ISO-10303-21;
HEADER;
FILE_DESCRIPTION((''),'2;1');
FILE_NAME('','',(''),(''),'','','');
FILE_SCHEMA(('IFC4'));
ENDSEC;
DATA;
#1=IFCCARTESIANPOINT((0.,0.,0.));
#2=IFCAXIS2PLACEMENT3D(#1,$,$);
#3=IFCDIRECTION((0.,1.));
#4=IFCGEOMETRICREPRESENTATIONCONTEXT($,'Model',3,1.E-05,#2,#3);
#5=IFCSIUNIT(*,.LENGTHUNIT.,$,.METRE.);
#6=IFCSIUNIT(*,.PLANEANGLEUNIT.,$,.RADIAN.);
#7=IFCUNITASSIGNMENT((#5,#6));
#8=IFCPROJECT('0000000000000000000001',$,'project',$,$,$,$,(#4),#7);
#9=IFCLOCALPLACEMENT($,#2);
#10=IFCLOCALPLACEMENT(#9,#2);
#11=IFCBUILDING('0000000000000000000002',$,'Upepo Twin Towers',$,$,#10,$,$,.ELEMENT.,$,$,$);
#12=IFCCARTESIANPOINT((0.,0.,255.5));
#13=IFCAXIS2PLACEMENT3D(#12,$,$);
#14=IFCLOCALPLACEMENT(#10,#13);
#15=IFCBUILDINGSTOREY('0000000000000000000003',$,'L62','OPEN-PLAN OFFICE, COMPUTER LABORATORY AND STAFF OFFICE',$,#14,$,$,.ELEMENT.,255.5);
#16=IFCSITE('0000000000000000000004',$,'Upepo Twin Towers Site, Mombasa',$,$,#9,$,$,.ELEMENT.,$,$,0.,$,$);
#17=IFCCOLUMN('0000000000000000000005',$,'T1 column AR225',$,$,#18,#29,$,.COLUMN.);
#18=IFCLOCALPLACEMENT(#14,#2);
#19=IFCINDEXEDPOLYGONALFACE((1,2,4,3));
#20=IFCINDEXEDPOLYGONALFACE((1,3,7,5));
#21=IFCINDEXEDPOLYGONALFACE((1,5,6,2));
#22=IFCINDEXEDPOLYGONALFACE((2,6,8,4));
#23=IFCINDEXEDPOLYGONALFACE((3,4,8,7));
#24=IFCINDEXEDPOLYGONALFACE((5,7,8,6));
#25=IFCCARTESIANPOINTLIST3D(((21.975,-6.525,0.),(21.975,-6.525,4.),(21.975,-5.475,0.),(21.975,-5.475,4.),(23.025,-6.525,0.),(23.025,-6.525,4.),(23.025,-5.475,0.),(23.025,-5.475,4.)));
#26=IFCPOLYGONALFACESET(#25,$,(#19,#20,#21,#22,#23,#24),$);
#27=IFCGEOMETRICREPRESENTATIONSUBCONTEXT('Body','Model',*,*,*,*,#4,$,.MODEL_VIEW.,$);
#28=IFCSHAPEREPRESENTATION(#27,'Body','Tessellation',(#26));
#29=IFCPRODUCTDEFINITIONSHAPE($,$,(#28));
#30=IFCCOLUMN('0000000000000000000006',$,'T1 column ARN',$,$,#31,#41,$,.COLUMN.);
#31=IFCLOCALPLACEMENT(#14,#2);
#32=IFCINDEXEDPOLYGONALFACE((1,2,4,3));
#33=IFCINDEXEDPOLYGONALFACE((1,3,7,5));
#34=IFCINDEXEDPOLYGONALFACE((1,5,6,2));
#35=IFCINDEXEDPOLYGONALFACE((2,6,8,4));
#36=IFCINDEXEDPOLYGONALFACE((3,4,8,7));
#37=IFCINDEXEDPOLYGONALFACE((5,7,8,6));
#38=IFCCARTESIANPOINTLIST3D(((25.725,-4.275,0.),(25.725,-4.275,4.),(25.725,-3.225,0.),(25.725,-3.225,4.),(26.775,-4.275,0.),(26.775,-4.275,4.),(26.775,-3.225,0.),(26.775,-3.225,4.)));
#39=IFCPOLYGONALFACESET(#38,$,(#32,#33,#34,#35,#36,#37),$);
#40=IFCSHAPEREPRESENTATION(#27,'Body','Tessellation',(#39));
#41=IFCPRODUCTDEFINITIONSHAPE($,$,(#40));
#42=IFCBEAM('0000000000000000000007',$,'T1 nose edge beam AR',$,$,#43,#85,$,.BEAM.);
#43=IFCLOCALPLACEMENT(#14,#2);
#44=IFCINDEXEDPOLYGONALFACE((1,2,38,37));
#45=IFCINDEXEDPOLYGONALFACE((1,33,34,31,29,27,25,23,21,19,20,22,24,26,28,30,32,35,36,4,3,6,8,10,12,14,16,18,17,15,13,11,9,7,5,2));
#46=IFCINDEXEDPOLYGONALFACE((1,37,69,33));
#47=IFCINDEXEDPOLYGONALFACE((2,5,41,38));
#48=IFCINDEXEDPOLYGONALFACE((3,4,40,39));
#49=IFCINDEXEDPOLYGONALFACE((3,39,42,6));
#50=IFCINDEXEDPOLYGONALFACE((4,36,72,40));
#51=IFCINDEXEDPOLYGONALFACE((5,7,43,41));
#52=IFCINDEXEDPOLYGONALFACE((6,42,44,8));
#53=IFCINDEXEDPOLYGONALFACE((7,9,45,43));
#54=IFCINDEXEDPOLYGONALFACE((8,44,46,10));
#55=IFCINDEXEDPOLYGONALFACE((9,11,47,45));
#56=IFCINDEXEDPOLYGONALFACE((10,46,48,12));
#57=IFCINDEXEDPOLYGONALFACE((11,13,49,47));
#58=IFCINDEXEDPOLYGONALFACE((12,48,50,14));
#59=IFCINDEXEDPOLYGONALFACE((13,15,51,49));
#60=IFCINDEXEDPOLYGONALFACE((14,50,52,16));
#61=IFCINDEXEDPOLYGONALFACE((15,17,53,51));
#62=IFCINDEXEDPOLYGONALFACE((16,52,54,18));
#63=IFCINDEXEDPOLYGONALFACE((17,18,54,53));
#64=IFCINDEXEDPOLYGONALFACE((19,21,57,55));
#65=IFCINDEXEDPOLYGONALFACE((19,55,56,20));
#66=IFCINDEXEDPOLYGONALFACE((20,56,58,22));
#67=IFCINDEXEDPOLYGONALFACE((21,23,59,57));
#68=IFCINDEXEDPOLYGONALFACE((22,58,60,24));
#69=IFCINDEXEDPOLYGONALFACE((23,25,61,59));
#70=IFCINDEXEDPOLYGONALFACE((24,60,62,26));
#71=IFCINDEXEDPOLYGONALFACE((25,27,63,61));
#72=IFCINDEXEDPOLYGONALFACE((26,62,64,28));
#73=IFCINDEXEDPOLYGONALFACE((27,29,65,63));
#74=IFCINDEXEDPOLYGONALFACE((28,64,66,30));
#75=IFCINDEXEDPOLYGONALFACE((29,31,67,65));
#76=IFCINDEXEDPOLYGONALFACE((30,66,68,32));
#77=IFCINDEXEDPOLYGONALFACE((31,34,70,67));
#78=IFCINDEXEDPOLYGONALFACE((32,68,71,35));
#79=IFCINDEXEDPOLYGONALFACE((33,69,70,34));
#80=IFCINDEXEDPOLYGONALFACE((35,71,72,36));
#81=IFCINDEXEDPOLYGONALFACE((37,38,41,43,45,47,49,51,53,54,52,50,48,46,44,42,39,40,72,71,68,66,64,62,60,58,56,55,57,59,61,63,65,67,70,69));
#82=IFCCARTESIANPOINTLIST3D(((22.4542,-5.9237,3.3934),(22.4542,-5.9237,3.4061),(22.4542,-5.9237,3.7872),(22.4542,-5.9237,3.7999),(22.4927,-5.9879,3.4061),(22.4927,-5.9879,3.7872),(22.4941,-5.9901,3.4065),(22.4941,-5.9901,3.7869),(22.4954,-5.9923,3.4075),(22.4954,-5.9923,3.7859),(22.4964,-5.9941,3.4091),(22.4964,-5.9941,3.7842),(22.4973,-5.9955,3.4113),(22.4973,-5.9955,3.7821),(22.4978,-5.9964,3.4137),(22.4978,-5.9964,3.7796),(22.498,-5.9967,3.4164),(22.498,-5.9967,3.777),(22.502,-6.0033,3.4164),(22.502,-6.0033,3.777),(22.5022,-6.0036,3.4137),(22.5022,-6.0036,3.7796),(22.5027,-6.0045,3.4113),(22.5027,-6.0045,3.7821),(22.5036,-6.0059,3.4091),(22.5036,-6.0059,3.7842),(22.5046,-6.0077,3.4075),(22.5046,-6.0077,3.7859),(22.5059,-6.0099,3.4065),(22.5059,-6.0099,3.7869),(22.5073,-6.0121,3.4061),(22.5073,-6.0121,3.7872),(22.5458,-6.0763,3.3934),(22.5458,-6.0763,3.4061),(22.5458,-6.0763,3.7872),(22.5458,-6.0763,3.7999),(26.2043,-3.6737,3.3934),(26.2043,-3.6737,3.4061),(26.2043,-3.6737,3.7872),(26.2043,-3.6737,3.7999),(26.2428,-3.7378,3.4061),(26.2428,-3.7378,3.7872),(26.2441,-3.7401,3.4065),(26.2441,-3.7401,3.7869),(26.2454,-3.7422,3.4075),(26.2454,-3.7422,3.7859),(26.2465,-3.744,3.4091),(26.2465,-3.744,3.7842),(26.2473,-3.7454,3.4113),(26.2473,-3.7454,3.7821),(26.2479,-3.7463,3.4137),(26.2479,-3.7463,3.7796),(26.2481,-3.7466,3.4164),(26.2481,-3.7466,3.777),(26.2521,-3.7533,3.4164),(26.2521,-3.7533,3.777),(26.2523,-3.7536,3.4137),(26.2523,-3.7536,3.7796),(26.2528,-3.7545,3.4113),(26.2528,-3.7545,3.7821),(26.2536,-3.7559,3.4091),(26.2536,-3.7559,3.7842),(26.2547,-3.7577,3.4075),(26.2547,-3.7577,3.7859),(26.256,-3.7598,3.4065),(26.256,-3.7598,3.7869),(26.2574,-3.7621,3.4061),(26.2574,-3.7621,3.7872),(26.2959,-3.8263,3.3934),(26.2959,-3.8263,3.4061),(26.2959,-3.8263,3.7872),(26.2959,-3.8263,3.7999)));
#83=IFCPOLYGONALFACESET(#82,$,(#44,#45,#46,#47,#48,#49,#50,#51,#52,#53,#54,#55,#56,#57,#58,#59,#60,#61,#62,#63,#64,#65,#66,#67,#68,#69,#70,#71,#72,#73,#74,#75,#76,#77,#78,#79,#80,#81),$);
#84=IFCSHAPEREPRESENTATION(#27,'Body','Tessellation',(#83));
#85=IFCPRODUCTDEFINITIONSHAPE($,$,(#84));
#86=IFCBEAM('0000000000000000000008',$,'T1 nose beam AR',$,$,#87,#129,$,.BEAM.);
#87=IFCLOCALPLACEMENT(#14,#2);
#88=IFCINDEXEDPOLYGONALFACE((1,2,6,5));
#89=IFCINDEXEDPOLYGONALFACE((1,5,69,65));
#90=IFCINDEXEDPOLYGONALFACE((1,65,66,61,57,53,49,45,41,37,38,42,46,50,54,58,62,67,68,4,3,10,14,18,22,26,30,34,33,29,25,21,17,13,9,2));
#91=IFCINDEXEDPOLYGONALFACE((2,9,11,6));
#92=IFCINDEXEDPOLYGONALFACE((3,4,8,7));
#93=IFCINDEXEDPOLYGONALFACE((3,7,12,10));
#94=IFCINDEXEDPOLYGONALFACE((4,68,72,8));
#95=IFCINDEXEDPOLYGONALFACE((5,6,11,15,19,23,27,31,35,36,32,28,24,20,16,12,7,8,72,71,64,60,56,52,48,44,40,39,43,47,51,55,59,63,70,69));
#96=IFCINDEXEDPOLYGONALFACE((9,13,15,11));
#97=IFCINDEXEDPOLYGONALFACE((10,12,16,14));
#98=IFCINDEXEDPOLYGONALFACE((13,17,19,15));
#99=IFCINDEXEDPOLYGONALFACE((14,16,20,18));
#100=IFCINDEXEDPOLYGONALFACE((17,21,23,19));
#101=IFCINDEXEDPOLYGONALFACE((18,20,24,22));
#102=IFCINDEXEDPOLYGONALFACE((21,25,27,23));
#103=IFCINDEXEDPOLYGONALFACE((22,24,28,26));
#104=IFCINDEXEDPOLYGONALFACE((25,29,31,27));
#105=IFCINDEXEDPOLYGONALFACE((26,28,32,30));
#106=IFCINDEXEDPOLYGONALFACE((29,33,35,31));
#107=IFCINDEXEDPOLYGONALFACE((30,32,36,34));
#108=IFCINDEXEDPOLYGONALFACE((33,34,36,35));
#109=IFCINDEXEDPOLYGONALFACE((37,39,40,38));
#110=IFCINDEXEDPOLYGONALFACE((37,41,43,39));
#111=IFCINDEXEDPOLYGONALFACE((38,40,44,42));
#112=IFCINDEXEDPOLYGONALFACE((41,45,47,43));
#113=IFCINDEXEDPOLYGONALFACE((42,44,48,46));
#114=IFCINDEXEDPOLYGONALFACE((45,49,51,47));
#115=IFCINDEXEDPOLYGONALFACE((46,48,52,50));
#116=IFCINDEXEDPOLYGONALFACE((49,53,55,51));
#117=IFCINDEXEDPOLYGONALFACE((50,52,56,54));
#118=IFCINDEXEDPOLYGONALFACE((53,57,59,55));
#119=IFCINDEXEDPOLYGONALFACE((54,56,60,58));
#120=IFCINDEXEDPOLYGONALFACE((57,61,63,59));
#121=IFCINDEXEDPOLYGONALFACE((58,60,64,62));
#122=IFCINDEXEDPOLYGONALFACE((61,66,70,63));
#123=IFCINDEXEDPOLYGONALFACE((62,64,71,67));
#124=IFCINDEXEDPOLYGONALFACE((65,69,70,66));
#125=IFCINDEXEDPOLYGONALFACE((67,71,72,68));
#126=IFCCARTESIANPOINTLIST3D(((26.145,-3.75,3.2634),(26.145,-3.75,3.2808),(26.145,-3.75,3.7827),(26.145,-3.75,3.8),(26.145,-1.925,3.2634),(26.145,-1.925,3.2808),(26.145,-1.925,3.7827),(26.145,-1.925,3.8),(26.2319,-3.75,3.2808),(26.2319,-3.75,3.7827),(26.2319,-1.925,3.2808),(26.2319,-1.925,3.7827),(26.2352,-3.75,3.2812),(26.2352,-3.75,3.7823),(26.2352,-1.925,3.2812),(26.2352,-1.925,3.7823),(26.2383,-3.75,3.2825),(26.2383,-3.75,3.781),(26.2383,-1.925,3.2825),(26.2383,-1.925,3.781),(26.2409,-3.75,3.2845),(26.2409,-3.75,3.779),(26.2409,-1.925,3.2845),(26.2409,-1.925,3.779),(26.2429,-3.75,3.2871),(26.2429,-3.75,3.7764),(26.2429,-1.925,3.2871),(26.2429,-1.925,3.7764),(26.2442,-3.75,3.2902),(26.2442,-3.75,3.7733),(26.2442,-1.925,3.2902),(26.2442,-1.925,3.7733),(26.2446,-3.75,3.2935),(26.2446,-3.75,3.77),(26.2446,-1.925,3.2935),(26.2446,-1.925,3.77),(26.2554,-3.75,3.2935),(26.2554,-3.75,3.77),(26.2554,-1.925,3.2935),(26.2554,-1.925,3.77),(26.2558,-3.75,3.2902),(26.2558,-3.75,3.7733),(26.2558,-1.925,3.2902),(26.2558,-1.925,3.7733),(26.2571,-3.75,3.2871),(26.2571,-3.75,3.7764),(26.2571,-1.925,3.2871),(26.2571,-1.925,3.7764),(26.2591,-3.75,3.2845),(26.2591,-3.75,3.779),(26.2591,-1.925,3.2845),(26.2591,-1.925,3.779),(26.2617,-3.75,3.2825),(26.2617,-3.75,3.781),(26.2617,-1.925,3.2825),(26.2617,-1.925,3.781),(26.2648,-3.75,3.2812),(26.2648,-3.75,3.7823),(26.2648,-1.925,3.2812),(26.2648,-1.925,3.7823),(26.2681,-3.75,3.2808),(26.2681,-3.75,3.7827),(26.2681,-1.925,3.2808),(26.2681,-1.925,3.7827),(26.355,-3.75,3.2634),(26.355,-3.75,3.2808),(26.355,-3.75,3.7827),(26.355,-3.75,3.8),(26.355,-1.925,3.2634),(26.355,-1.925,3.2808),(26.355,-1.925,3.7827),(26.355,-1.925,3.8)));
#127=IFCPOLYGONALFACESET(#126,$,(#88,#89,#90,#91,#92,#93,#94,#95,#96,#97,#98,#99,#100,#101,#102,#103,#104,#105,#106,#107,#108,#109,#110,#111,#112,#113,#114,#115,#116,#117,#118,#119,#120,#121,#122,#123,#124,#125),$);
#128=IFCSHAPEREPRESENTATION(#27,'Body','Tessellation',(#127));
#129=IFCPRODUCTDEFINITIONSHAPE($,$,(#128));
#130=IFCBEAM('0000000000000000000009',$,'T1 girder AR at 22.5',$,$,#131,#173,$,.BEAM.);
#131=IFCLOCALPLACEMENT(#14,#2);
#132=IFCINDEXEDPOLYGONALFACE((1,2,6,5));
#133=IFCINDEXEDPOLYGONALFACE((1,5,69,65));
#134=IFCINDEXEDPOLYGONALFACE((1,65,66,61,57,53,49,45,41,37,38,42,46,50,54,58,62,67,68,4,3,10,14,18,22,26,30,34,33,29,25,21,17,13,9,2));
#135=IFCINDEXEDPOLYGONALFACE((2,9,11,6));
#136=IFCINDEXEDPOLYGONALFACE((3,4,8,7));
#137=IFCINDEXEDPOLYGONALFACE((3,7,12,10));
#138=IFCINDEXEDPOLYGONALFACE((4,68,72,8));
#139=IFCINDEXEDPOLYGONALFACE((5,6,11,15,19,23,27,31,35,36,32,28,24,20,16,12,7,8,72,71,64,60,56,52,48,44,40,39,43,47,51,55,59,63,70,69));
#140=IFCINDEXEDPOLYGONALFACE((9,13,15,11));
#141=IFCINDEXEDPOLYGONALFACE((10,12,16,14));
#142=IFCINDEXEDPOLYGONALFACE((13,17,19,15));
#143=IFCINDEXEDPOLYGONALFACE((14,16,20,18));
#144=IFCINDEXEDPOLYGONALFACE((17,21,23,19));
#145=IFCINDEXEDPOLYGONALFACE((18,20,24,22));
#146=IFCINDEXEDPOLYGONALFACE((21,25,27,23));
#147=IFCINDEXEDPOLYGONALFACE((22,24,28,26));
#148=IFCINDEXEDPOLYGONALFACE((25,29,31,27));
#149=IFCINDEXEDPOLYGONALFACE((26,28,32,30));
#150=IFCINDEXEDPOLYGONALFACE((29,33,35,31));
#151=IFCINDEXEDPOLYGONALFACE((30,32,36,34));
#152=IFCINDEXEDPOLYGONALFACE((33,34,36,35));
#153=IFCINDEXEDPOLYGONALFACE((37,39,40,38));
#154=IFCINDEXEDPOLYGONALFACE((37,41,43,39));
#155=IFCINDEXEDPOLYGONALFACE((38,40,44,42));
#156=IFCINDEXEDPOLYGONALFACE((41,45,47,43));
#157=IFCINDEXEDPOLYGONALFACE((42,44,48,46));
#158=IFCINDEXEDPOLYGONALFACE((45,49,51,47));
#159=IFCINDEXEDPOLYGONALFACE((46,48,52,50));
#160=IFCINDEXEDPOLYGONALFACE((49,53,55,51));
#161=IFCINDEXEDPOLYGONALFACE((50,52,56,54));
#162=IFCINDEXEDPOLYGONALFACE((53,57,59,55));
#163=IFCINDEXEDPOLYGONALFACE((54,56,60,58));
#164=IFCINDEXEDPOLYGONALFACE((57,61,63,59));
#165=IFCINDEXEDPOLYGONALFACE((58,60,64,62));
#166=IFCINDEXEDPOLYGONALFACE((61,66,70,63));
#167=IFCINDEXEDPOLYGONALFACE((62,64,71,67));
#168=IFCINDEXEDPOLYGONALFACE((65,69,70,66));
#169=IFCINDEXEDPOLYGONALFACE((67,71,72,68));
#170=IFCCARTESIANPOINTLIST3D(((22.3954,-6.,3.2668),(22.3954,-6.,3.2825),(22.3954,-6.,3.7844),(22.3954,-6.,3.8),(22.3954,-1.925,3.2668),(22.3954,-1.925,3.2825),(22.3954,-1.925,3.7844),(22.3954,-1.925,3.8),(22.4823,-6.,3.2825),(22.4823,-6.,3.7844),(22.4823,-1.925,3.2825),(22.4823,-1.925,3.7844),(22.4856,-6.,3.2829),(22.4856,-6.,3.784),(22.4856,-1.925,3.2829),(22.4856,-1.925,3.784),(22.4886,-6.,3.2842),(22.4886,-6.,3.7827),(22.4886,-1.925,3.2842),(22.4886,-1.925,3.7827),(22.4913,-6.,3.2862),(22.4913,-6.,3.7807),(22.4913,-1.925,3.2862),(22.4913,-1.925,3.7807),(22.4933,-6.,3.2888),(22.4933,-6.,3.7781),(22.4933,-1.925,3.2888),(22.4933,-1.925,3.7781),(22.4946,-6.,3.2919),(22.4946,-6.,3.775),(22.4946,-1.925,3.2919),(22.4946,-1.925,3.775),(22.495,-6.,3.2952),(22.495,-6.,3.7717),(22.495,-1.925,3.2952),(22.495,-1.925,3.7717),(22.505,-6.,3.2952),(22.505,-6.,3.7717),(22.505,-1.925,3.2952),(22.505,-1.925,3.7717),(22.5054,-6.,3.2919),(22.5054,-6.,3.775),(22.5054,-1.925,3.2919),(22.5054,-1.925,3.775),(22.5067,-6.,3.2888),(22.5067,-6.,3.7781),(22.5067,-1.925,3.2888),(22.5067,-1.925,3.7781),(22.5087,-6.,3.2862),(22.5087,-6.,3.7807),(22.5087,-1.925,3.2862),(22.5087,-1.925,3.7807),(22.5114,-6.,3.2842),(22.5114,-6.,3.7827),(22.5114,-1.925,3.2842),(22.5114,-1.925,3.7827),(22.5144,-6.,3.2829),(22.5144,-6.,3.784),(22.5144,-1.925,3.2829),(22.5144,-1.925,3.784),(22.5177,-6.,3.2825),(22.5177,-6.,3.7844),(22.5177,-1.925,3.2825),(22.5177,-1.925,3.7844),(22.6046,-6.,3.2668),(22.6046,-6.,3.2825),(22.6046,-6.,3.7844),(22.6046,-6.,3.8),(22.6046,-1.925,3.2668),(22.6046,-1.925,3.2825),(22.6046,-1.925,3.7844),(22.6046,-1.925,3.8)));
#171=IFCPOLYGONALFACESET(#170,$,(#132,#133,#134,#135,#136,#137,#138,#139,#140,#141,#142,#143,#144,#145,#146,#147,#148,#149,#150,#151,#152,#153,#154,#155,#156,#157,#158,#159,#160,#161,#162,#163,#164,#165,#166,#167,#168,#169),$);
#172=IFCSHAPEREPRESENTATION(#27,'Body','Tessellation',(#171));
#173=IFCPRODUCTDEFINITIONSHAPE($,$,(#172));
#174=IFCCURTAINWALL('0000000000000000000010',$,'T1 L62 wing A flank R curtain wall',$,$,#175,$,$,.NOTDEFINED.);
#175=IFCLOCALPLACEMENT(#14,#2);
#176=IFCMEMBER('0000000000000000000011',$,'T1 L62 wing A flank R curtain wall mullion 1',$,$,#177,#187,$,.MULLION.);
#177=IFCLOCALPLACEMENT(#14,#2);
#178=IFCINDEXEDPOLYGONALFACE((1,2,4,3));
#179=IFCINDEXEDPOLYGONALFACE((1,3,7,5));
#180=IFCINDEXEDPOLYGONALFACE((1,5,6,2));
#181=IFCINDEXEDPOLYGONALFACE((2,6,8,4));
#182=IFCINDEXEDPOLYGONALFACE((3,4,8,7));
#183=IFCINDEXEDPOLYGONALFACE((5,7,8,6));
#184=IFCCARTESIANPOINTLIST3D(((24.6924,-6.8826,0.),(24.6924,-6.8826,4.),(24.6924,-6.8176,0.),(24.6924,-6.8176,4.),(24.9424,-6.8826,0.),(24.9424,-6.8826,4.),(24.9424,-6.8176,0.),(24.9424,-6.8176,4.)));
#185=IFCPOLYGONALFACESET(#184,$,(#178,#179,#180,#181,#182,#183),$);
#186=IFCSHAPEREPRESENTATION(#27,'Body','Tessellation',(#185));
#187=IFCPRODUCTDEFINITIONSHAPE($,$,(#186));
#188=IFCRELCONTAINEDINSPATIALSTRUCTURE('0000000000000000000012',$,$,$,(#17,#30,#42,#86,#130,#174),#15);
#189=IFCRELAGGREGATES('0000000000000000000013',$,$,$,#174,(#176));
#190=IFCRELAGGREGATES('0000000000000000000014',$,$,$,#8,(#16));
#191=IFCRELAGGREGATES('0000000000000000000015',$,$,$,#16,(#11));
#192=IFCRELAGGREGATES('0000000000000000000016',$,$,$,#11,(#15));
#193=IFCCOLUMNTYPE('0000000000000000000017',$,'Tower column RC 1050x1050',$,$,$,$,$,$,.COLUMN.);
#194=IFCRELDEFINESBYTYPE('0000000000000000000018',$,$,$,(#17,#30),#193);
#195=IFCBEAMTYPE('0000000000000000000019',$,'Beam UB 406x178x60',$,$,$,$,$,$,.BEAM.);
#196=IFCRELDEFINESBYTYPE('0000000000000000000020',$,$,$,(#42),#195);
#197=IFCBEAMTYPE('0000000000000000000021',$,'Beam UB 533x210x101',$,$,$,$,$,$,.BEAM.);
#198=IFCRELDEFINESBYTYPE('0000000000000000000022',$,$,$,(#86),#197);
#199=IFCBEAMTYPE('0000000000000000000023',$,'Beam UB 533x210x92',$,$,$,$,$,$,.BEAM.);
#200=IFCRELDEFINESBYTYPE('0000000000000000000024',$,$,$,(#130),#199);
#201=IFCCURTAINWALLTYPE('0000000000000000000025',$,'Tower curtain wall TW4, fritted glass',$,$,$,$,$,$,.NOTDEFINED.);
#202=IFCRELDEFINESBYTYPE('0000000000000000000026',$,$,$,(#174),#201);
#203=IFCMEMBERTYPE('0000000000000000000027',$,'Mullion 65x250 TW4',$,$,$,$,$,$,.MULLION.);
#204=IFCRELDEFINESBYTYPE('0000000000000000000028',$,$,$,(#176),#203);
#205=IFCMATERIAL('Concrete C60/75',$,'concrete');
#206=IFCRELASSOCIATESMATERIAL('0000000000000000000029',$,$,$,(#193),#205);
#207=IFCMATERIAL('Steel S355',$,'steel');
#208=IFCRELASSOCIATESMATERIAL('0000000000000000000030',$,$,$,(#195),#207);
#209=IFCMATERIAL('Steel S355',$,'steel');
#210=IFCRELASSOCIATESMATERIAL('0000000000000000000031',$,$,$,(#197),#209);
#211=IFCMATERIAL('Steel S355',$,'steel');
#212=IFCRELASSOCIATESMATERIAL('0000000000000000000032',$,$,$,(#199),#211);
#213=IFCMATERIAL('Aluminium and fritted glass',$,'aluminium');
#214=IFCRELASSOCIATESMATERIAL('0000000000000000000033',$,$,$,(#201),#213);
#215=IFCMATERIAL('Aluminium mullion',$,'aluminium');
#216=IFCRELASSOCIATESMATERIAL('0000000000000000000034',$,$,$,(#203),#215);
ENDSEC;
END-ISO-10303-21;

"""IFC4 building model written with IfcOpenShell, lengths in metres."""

from ifc_helpers import new_model, si_unit, direction, frame, origin, origin_2d, place, context, subcontext, project, spatial, rectangle, i_section, extrude, material, material_profile, profile_set, type_object, element, aggregate, save


model = new_model("IFC4")

# Units and contexts
model_context = context("Model", 3, precision=1e-05, world=origin(), true_north=direction((0.0, 1.0)))
body_context = subcontext(model_context, "Body", "Model", "MODEL_VIEW")
ifc_project = project(units=[si_unit("LENGTHUNIT", "METRE"), si_unit("PLANEANGLEUNIT", "RADIAN")], contexts=[model_context])

# Site, building, storey
site_placement = place(None, origin())
site = spatial("IfcSite", under=ifc_project, at=site_placement, Name="Upepo Twin Towers Site, Mombasa", CompositionType="ELEMENT", RefElevation=0.0)
building_placement = place(site_placement, origin())
building = spatial("IfcBuilding", under=site, at=building_placement, Name="Upepo Twin Towers", CompositionType="ELEMENT")
storey_placement = place(building_placement, frame((0.0, 0.0, 255.5)))
storey = spatial("IfcBuildingStorey", under=building, at=storey_placement, Name="L62", Description="OPEN-PLAN OFFICE, COMPUTER LABORATORY AND STAFF OFFICE", CompositionType="ELEMENT", Elevation=255.5)

# Columns
ifc_material_1 = material(Name="Concrete C60/75", Category="concrete")
ifc_material_profile_1 = material_profile(ifc_material_1, rectangle(XDim=1.05, YDim=1.05, at=origin_2d()), Name="RC 1050x1050")
ifc_profile_set_1 = profile_set([ifc_material_profile_1], Name="Concrete C60/75")
column_type = type_object("IfcColumnType", Name="Tower column RC 1050x1050", PredefinedType="COLUMN", material=ifc_profile_set_1)
for number, where, z_axis, x_axis, name in (
    (1, (22.5, -6.0, 0.0), (0.0, 0.0, 1.0), (1.0, 0.0, 0.0), "T1 column AR225"),
    (2, (26.25, -3.75, 0.0), (0.0, 0.0, 1.0), (1.0, 0.0, 0.0), "T1 column ARN"),
):
    element("IfcColumn", number, at=place(storey_placement, frame(where, z_axis=z_axis, x_axis=x_axis)), inside=storey, type_object=column_type, Name=name, PredefinedType="COLUMN", context=body_context, shape_type="SweptSolid", body=[
        extrude(rectangle(XDim=1.05, YDim=1.05, at=origin_2d()), origin(), (0.0, 0.0, 1.0), 4.0),
    ])

# Beams
ifc_material_2 = material(Name="Steel S355", Category="steel")
ifc_material_profile_2 = material_profile(ifc_material_2, i_section(OverallWidth=0.178, OverallDepth=0.4065, WebThickness=0.0078, FlangeThickness=0.0127, FilletRadius=0.0103, at=origin_2d()), Name="UB 406x178x60")
ifc_profile_set_2 = profile_set([ifc_material_profile_2], Name="Steel S355")
beam_type_1 = type_object("IfcBeamType", Name="Beam UB 406x178x60", PredefinedType="BEAM", material=ifc_profile_set_2)
beam_1_placement = place(storey_placement, frame((22.5, -6.0, 3.5967), z_axis=(0.857493, 0.514496, 0.0), x_axis=(-0.514496, 0.857493, 0.0)))
element("IfcBeam", 3, at=beam_1_placement, inside=storey, type_object=beam_type_1, Name="T1 nose edge beam AR", PredefinedType="BEAM", context=body_context, shape_type="SweptSolid", body=[
    extrude(i_section(OverallWidth=0.178, OverallDepth=0.4065, WebThickness=0.0078, FlangeThickness=0.0127, FilletRadius=0.0103, at=origin_2d()), origin(), (0.0, 0.0, 1.0), 4.3733),
])
ifc_material_3 = material(Name="Steel S355", Category="steel")
ifc_material_profile_3 = material_profile(ifc_material_3, i_section(OverallWidth=0.21, OverallDepth=0.5366, WebThickness=0.0107, FlangeThickness=0.0173, FilletRadius=0.0127, at=origin_2d()), Name="UB 533x210x101")
ifc_profile_set_3 = profile_set([ifc_material_profile_3], Name="Steel S355")
beam_type_2 = type_object("IfcBeamType", Name="Beam UB 533x210x101", PredefinedType="BEAM", material=ifc_profile_set_3)
beam_2_placement = place(storey_placement, frame((26.25, -3.75, 3.5317), z_axis=(0.0, 1.0, 0.0), x_axis=(-1.0, 0.0, 0.0)))
element("IfcBeam", 4, at=beam_2_placement, inside=storey, type_object=beam_type_2, Name="T1 nose beam AR", PredefinedType="BEAM", context=body_context, shape_type="SweptSolid", body=[
    extrude(i_section(OverallWidth=0.21, OverallDepth=0.5366, WebThickness=0.0107, FlangeThickness=0.0173, FilletRadius=0.0127, at=origin_2d()), origin(), (0.0, 0.0, 1.0), 1.825),
])
ifc_material_4 = material(Name="Steel S355", Category="steel")
ifc_material_profile_4 = material_profile(ifc_material_4, i_section(OverallWidth=0.2092, OverallDepth=0.5332, WebThickness=0.01, FlangeThickness=0.0156, FilletRadius=0.0127, at=origin_2d()), Name="UB 533x210x92")
ifc_profile_set_4 = profile_set([ifc_material_profile_4], Name="Steel S355")
beam_type_3 = type_object("IfcBeamType", Name="Beam UB 533x210x92", PredefinedType="BEAM", material=ifc_profile_set_4)
beam_3_placement = place(storey_placement, frame((22.5, -6.0, 3.5334), z_axis=(0.0, 1.0, 0.0), x_axis=(-1.0, 0.0, 0.0)))
element("IfcBeam", 5, at=beam_3_placement, inside=storey, type_object=beam_type_3, Name="T1 girder AR at 22.5", PredefinedType="BEAM", context=body_context, shape_type="SweptSolid", body=[
    extrude(i_section(OverallWidth=0.2092, OverallDepth=0.5332, WebThickness=0.01, FlangeThickness=0.0156, FilletRadius=0.0127, at=origin_2d()), origin(), (0.0, 0.0, 1.0), 4.075),
])

# Curtain wall, member
ifc_material_5 = material(Name="Aluminium and fritted glass", Category="aluminium")
curtain_wall_type = type_object("IfcCurtainWallType", Name="Tower curtain wall TW4, fritted glass", PredefinedType="NOTDEFINED", material=ifc_material_5)
curtain_wall_1_placement = place(storey_placement, origin())
curtain_wall_1 = element("IfcCurtainWall", 6, at=curtain_wall_1_placement, inside=storey, type_object=curtain_wall_type, Name="T1 L62 wing A flank R curtain wall", PredefinedType="NOTDEFINED")
ifc_material_6 = material(Name="Aluminium mullion", Category="aluminium")
ifc_material_profile_5 = material_profile(ifc_material_6, rectangle(XDim=0.0649, YDim=0.25, at=origin_2d()), Name="MULLION 65x250")
ifc_profile_set_5 = profile_set([ifc_material_profile_5], Name="Aluminium mullion")
member_type_1 = type_object("IfcMemberType", Name="Mullion 65x250 TW4", PredefinedType="MULLION", material=ifc_profile_set_5)
member_1_placement = place(storey_placement, frame((24.8174, -6.8501, 0.0), z_axis=(0.0, 0.0, 1.0), x_axis=(0.0, -1.0, 0.0)))
member_1 = element("IfcMember", 7, at=member_1_placement, type_object=member_type_1, Name="T1 L62 wing A flank R curtain wall mullion 1", PredefinedType="MULLION", context=body_context, shape_type="SweptSolid", body=[
    extrude(rectangle(XDim=0.0649, YDim=0.25, at=origin_2d()), origin(), (0.0, 0.0, 1.0), 4.0),
])

aggregate(curtain_wall_1, [member_1])

save(model, "model.ifc")
